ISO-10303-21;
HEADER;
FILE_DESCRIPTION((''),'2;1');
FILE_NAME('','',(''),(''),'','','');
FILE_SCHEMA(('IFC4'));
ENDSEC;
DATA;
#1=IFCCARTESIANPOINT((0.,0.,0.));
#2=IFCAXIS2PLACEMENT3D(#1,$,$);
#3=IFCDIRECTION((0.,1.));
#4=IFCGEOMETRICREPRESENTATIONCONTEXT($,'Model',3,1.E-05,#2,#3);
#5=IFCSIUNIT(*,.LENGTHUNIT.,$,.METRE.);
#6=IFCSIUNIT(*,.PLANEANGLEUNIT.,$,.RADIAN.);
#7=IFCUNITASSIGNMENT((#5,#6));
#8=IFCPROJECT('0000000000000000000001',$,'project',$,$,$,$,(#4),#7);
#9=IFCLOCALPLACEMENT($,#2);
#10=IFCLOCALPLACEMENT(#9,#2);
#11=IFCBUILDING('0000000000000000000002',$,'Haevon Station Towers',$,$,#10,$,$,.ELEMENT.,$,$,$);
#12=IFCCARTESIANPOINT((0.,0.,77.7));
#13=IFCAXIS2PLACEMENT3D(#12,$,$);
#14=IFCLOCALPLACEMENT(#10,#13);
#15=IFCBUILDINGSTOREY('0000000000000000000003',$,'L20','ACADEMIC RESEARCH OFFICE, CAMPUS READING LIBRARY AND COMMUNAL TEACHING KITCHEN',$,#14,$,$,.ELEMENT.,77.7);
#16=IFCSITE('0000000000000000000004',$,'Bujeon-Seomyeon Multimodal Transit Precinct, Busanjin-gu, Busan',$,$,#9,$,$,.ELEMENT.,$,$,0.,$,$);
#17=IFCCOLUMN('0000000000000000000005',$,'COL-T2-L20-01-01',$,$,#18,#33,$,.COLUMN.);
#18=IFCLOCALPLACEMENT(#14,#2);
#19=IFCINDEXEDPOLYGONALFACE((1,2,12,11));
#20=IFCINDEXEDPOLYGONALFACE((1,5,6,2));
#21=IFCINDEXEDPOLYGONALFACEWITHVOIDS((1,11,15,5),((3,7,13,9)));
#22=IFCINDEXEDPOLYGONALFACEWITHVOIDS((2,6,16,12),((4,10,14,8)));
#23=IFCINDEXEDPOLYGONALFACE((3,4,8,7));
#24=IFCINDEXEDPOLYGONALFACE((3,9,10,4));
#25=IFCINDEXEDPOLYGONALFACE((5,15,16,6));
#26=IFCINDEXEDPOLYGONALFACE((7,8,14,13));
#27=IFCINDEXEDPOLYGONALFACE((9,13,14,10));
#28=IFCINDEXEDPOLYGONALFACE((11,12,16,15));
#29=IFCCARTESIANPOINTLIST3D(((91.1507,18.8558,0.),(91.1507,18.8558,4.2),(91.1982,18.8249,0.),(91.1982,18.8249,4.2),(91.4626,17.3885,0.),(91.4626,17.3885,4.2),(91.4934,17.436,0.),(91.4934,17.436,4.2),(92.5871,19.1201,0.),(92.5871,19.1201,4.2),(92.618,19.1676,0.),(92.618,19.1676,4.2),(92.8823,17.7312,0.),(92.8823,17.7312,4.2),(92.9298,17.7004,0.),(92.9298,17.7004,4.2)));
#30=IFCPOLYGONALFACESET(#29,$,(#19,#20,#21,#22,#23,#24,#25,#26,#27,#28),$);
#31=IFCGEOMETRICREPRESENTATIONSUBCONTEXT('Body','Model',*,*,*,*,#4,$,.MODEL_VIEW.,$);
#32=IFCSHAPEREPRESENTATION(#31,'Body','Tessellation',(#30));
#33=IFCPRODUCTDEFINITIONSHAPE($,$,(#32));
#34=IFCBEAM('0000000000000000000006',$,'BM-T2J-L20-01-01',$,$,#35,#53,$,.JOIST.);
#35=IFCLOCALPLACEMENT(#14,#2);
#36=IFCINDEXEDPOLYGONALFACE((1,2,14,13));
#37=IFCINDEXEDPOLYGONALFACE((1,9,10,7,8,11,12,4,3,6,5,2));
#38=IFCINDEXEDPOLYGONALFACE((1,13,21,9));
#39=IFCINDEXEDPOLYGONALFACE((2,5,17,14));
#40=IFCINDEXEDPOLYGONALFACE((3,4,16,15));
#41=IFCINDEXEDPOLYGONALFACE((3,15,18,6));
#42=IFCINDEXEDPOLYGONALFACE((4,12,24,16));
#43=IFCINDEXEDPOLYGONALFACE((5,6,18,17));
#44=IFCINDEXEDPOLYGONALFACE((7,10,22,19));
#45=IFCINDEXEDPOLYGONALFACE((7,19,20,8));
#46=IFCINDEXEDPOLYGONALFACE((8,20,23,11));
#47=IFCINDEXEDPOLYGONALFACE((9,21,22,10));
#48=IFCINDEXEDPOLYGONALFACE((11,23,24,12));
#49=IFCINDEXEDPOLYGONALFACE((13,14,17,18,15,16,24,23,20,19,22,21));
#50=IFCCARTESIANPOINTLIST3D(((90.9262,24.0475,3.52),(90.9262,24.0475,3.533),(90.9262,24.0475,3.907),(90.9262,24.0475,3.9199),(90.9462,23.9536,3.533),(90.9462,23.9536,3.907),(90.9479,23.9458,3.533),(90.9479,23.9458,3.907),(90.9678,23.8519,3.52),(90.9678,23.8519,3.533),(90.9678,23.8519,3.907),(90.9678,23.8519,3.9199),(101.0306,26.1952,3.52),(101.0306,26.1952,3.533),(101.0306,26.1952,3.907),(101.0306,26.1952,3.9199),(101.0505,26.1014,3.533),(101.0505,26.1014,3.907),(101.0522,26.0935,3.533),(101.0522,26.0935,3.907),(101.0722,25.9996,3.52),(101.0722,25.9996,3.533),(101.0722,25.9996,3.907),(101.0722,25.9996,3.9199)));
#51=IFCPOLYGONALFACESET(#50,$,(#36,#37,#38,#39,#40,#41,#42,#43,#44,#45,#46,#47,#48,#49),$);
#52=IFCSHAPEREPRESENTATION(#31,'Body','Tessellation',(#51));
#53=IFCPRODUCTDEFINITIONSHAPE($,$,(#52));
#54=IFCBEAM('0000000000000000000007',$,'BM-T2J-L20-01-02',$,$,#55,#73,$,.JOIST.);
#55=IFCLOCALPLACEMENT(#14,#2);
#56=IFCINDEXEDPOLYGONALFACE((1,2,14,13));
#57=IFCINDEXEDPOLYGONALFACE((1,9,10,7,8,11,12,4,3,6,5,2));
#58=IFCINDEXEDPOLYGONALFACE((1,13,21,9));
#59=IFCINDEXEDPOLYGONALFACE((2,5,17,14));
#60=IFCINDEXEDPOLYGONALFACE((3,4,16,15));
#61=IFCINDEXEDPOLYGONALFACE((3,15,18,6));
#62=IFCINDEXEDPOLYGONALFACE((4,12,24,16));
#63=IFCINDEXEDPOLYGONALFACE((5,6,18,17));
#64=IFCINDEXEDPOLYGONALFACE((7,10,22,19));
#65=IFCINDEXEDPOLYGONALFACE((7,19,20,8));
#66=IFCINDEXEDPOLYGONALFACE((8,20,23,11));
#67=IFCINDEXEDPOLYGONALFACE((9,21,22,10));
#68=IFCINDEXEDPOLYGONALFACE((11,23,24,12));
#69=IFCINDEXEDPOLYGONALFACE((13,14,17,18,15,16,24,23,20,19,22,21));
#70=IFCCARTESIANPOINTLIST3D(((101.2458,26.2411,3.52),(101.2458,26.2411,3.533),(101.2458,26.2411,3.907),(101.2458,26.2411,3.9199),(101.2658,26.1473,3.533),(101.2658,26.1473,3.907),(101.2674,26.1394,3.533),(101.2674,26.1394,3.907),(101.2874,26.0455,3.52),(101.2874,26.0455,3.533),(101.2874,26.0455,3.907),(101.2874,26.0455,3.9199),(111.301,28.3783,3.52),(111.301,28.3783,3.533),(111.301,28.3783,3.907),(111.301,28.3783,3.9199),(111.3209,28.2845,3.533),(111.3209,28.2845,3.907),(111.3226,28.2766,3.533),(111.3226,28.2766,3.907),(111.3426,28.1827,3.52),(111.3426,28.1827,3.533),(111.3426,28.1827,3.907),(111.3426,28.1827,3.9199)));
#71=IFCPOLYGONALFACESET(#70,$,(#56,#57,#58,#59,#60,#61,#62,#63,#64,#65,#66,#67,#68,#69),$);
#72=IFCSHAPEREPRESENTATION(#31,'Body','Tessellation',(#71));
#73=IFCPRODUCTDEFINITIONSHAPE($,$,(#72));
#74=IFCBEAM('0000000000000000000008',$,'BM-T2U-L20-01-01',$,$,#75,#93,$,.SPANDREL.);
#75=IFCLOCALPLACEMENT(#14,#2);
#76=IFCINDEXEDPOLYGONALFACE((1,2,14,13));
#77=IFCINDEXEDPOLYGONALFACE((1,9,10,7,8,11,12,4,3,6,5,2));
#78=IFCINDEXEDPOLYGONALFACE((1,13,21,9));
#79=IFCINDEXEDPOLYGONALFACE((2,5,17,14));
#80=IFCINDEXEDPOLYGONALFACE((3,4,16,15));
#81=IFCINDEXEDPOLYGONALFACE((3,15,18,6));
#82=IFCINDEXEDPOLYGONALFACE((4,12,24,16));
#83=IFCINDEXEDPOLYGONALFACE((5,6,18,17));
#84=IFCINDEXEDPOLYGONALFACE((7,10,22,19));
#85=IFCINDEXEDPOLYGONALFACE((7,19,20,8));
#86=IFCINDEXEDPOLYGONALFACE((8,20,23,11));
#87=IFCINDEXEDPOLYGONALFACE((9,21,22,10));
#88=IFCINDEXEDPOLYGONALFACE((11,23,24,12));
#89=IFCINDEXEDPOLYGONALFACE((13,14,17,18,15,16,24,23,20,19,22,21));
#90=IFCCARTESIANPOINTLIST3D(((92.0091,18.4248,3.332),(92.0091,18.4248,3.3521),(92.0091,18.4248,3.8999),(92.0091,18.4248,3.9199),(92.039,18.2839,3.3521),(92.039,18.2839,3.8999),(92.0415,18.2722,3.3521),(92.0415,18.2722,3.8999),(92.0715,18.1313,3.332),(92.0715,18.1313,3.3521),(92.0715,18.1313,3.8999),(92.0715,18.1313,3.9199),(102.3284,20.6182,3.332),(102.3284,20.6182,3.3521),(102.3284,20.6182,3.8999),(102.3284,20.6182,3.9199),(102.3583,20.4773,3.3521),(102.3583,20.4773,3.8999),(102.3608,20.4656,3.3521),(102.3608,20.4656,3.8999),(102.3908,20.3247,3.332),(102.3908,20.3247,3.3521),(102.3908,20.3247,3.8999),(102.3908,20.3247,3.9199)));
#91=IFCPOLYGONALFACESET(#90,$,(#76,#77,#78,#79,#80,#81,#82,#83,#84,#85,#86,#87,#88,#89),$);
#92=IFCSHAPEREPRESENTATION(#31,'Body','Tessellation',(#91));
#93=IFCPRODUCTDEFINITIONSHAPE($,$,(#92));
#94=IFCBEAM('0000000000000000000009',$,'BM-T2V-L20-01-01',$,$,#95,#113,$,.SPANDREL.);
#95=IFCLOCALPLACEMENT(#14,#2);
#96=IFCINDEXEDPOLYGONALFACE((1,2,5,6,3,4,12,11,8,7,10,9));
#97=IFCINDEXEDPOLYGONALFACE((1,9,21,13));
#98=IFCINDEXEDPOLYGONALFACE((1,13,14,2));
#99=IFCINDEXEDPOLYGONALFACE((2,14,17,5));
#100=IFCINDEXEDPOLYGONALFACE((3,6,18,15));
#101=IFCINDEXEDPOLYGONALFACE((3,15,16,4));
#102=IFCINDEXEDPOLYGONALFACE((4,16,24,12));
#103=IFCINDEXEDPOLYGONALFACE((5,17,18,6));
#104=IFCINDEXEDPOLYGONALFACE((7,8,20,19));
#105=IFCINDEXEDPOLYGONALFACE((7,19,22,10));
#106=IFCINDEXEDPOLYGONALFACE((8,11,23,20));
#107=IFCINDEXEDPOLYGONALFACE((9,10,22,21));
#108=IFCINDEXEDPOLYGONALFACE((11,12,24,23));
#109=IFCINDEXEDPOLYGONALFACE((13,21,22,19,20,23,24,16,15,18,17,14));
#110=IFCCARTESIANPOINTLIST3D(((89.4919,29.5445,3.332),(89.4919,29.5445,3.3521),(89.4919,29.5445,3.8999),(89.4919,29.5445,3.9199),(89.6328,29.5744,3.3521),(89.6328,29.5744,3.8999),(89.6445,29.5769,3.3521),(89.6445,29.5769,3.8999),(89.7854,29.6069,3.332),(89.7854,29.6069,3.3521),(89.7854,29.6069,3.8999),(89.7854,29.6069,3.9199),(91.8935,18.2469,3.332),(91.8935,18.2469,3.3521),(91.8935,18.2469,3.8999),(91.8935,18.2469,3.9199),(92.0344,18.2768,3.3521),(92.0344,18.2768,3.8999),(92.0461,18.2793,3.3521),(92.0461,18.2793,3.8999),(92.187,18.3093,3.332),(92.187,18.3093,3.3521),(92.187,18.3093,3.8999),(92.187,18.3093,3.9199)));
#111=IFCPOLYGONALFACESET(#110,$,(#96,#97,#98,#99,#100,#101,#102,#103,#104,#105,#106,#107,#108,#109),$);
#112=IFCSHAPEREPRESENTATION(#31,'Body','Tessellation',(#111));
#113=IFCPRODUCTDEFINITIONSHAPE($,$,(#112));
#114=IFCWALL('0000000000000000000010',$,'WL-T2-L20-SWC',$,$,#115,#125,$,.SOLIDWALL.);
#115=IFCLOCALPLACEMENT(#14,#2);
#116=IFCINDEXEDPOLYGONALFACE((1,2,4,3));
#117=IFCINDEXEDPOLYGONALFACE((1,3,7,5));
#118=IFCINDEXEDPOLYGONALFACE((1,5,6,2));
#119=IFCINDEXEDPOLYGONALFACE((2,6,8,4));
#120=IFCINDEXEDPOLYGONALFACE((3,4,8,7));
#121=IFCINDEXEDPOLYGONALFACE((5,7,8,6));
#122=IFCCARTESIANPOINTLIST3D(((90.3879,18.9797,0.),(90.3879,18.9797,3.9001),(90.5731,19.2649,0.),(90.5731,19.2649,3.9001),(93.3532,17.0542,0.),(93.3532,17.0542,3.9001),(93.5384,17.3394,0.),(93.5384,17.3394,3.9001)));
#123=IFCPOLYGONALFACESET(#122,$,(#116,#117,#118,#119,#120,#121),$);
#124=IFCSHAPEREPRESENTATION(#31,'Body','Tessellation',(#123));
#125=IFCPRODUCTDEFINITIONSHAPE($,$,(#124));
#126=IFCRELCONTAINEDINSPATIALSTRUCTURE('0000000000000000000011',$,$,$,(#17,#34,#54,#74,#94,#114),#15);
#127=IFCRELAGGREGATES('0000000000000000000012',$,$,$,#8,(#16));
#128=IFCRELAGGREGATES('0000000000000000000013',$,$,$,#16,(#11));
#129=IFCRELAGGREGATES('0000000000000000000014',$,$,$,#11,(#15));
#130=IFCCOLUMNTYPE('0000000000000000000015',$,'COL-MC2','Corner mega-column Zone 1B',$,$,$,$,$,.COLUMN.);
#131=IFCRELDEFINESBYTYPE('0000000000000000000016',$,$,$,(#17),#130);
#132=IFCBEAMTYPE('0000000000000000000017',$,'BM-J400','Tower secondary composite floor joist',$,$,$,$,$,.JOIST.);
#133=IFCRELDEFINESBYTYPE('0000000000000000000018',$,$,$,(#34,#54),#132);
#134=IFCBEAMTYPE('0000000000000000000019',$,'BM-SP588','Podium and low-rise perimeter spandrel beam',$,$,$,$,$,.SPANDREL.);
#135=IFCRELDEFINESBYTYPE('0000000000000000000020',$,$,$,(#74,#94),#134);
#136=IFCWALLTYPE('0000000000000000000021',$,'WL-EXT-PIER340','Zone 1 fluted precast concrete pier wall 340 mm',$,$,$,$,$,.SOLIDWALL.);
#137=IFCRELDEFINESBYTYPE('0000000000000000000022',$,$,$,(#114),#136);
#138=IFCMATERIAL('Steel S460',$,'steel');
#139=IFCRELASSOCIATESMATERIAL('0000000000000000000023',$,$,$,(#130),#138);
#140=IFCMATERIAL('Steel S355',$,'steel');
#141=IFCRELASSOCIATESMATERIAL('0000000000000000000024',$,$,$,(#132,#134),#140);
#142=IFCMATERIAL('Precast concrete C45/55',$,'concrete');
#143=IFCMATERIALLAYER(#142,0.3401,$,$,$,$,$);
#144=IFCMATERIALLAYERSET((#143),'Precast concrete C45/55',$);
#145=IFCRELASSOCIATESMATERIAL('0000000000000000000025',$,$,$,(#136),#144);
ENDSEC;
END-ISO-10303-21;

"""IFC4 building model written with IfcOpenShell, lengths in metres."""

from ifc_helpers import new_model, si_unit, direction, frame, frame_2d, origin, origin_2d, place, context, subcontext, project, spatial, rectangle, hollow_rectangle, i_section, extrude, material, layer, layer_set, material_profile, profile_set, type_object, element, save


model = new_model("IFC4")

# Units and contexts
model_context = context("Model", 3, precision=1e-05, world=origin(), true_north=direction((0.0, 1.0)))
body_context = subcontext(model_context, "Body", "Model", "MODEL_VIEW")
ifc_project = project(units=[si_unit("LENGTHUNIT", "METRE"), si_unit("PLANEANGLEUNIT", "RADIAN")], contexts=[model_context])

# Site, building, storey
site_placement = place(None, origin())
site = spatial("IfcSite", under=ifc_project, at=site_placement, Name="Bujeon-Seomyeon Multimodal Transit Precinct, Busanjin-gu, Busan", CompositionType="ELEMENT", RefElevation=0.0)
building_placement = place(site_placement, origin())
building = spatial("IfcBuilding", under=site, at=building_placement, Name="Haevon Station Towers", CompositionType="ELEMENT")
storey_placement = place(building_placement, frame((0.0, 0.0, 77.7)))
storey = spatial("IfcBuildingStorey", under=building, at=storey_placement, Name="L20", Description="ACADEMIC RESEARCH OFFICE, CAMPUS READING LIBRARY AND COMMUNAL TEACHING KITCHEN", CompositionType="ELEMENT", Elevation=77.7)

# Column
ifc_material_1 = material(Name="Steel S460", Category="steel")
ifc_material_profile_1 = material_profile(ifc_material_1, hollow_rectangle(XDim=1.5, YDim=1.5, WallThickness=0.04, at=origin_2d()), Name="BOX-1500x1500x40")
ifc_profile_set_1 = profile_set([ifc_material_profile_1], Name="Steel S460")
column_type = type_object("IfcColumnType", Name="COL-MC2", Description="Corner mega-column Zone 1B", PredefinedType="COLUMN", material=ifc_profile_set_1)
column_placement = place(storey_placement, frame((92.0403, 18.2781, 0.0), z_axis=(0.0, 0.0, 1.0), x_axis=(0.978148, 0.207912, 0.0)))
element("IfcColumn", 1, at=column_placement, inside=storey, type_object=column_type, Name="COL-T2-L20-01-01", PredefinedType="COLUMN", context=body_context, shape_type="SweptSolid", body=[
    extrude(hollow_rectangle(XDim=1.5, YDim=1.5, WallThickness=0.04, at=origin_2d()), origin(), (0.0, 0.0, 1.0), 4.2),
])

# Beams
ifc_material_2 = material(Name="Steel S355", Category="steel")
ifc_material_profile_2 = material_profile(ifc_material_2, i_section(OverallWidth=0.2, OverallDepth=0.3999, WebThickness=0.0081, FlangeThickness=0.0129, at=origin_2d()), Name="H-400x200x8x13")
ifc_profile_set_2 = profile_set([ifc_material_profile_2], Name="Steel S355")
beam_type_1 = type_object("IfcBeamType", Name="BM-J400", Description="Tower secondary composite floor joist", PredefinedType="JOIST", material=ifc_profile_set_2)
beam_1_placement = place(storey_placement, frame((90.947, 23.9497, 3.72), z_axis=(0.978148, 0.20791, 0.0), x_axis=(-0.20791, 0.978148, 0.0)))
element("IfcBeam", 2, at=beam_1_placement, inside=storey, type_object=beam_type_1, Name="BM-T2J-L20-01-01", PredefinedType="JOIST", context=body_context, shape_type="SweptSolid", body=[
    extrude(i_section(OverallWidth=0.2, OverallDepth=0.3999, WebThickness=0.0081, FlangeThickness=0.0129, at=origin_2d()), origin(), (0.0, 0.0, 1.0), 10.3301),
])
beam_2_placement = place(storey_placement, frame((101.2666, 26.1433, 3.72), z_axis=(0.978149, 0.207904, 0.0), x_axis=(-0.207904, 0.978149, 0.0)))
element("IfcBeam", 3, at=beam_2_placement, inside=storey, type_object=beam_type_1, Name="BM-T2J-L20-01-02", PredefinedType="JOIST", context=body_context, shape_type="SweptSolid", body=[
    extrude(i_section(OverallWidth=0.2, OverallDepth=0.3999, WebThickness=0.0081, FlangeThickness=0.0129, at=origin_2d()), origin(), (0.0, 0.0, 1.0), 10.2798),
])
ifc_material_profile_3 = material_profile(ifc_material_2, i_section(OverallWidth=0.3, OverallDepth=0.5879, WebThickness=0.012, FlangeThickness=0.02, at=origin_2d()), Name="H-588x300x12x20")
ifc_profile_set_3 = profile_set([ifc_material_profile_3], Name="Steel S355")
beam_type_2 = type_object("IfcBeamType", Name="BM-SP588", Description="Podium and low-rise perimeter spandrel beam", PredefinedType="SPANDREL", material=ifc_profile_set_3)
beam_3_placement = place(storey_placement, frame((92.0403, 18.2781, 3.626), z_axis=(0.978149, 0.207904, 0.0), x_axis=(-0.207904, 0.978149, 0.0)))
element("IfcBeam", 4, at=beam_3_placement, inside=storey, type_object=beam_type_2, Name="BM-T2U-L20-01-01", PredefinedType="SPANDREL", context=body_context, shape_type="SweptSolid", body=[
    extrude(i_section(OverallWidth=0.3, OverallDepth=0.5879, WebThickness=0.012, FlangeThickness=0.02, at=origin_2d()), origin(), (0.0, 0.0, 1.0), 10.5498),
])
beam_4_placement = place(storey_placement, frame((92.0403, 18.2781, 3.626), z_axis=(-0.207931, 0.978144, 0.0), x_axis=(-0.978144, -0.207931, 0.0)))
element("IfcBeam", 5, at=beam_4_placement, inside=storey, type_object=beam_type_2, Name="BM-T2V-L20-01-01", PredefinedType="SPANDREL", context=body_context, shape_type="SweptSolid", body=[
    extrude(i_section(OverallWidth=0.3, OverallDepth=0.5879, WebThickness=0.012, FlangeThickness=0.02, at=origin_2d()), origin(), (0.0, 0.0, 1.0), 11.55),
])

# Wall
ifc_material_3 = material(Name="Precast concrete C45/55", Category="concrete")
ifc_layer_1 = layer(ifc_material_3, 0.3401)
ifc_layer_set_1 = layer_set([ifc_layer_1], Name="Precast concrete C45/55")
wall_type_1 = type_object("IfcWallType", Name="WL-EXT-PIER340", Description="Zone 1 fluted precast concrete pier wall 340 mm", PredefinedType="SOLIDWALL", material=ifc_layer_set_1)
wall_1_placement = place(storey_placement, frame((93.4458, 17.1968, 0.0), z_axis=(0.0, 0.0, 1.0), x_axis=(-0.838693, 0.544605, 0.0)))
element("IfcWall", 6, at=wall_1_placement, inside=storey, type_object=wall_type_1, Name="WL-T2-L20-SWC", PredefinedType="SOLIDWALL", context=body_context, shape_type="SweptSolid", body=[
    extrude(rectangle(XDim=3.5356, YDim=0.3401, at=frame_2d((1.7678, 0.0))), origin(), (0.0, 0.0, 1.0), 3.9001),
])

save(model, "model.ifc")
